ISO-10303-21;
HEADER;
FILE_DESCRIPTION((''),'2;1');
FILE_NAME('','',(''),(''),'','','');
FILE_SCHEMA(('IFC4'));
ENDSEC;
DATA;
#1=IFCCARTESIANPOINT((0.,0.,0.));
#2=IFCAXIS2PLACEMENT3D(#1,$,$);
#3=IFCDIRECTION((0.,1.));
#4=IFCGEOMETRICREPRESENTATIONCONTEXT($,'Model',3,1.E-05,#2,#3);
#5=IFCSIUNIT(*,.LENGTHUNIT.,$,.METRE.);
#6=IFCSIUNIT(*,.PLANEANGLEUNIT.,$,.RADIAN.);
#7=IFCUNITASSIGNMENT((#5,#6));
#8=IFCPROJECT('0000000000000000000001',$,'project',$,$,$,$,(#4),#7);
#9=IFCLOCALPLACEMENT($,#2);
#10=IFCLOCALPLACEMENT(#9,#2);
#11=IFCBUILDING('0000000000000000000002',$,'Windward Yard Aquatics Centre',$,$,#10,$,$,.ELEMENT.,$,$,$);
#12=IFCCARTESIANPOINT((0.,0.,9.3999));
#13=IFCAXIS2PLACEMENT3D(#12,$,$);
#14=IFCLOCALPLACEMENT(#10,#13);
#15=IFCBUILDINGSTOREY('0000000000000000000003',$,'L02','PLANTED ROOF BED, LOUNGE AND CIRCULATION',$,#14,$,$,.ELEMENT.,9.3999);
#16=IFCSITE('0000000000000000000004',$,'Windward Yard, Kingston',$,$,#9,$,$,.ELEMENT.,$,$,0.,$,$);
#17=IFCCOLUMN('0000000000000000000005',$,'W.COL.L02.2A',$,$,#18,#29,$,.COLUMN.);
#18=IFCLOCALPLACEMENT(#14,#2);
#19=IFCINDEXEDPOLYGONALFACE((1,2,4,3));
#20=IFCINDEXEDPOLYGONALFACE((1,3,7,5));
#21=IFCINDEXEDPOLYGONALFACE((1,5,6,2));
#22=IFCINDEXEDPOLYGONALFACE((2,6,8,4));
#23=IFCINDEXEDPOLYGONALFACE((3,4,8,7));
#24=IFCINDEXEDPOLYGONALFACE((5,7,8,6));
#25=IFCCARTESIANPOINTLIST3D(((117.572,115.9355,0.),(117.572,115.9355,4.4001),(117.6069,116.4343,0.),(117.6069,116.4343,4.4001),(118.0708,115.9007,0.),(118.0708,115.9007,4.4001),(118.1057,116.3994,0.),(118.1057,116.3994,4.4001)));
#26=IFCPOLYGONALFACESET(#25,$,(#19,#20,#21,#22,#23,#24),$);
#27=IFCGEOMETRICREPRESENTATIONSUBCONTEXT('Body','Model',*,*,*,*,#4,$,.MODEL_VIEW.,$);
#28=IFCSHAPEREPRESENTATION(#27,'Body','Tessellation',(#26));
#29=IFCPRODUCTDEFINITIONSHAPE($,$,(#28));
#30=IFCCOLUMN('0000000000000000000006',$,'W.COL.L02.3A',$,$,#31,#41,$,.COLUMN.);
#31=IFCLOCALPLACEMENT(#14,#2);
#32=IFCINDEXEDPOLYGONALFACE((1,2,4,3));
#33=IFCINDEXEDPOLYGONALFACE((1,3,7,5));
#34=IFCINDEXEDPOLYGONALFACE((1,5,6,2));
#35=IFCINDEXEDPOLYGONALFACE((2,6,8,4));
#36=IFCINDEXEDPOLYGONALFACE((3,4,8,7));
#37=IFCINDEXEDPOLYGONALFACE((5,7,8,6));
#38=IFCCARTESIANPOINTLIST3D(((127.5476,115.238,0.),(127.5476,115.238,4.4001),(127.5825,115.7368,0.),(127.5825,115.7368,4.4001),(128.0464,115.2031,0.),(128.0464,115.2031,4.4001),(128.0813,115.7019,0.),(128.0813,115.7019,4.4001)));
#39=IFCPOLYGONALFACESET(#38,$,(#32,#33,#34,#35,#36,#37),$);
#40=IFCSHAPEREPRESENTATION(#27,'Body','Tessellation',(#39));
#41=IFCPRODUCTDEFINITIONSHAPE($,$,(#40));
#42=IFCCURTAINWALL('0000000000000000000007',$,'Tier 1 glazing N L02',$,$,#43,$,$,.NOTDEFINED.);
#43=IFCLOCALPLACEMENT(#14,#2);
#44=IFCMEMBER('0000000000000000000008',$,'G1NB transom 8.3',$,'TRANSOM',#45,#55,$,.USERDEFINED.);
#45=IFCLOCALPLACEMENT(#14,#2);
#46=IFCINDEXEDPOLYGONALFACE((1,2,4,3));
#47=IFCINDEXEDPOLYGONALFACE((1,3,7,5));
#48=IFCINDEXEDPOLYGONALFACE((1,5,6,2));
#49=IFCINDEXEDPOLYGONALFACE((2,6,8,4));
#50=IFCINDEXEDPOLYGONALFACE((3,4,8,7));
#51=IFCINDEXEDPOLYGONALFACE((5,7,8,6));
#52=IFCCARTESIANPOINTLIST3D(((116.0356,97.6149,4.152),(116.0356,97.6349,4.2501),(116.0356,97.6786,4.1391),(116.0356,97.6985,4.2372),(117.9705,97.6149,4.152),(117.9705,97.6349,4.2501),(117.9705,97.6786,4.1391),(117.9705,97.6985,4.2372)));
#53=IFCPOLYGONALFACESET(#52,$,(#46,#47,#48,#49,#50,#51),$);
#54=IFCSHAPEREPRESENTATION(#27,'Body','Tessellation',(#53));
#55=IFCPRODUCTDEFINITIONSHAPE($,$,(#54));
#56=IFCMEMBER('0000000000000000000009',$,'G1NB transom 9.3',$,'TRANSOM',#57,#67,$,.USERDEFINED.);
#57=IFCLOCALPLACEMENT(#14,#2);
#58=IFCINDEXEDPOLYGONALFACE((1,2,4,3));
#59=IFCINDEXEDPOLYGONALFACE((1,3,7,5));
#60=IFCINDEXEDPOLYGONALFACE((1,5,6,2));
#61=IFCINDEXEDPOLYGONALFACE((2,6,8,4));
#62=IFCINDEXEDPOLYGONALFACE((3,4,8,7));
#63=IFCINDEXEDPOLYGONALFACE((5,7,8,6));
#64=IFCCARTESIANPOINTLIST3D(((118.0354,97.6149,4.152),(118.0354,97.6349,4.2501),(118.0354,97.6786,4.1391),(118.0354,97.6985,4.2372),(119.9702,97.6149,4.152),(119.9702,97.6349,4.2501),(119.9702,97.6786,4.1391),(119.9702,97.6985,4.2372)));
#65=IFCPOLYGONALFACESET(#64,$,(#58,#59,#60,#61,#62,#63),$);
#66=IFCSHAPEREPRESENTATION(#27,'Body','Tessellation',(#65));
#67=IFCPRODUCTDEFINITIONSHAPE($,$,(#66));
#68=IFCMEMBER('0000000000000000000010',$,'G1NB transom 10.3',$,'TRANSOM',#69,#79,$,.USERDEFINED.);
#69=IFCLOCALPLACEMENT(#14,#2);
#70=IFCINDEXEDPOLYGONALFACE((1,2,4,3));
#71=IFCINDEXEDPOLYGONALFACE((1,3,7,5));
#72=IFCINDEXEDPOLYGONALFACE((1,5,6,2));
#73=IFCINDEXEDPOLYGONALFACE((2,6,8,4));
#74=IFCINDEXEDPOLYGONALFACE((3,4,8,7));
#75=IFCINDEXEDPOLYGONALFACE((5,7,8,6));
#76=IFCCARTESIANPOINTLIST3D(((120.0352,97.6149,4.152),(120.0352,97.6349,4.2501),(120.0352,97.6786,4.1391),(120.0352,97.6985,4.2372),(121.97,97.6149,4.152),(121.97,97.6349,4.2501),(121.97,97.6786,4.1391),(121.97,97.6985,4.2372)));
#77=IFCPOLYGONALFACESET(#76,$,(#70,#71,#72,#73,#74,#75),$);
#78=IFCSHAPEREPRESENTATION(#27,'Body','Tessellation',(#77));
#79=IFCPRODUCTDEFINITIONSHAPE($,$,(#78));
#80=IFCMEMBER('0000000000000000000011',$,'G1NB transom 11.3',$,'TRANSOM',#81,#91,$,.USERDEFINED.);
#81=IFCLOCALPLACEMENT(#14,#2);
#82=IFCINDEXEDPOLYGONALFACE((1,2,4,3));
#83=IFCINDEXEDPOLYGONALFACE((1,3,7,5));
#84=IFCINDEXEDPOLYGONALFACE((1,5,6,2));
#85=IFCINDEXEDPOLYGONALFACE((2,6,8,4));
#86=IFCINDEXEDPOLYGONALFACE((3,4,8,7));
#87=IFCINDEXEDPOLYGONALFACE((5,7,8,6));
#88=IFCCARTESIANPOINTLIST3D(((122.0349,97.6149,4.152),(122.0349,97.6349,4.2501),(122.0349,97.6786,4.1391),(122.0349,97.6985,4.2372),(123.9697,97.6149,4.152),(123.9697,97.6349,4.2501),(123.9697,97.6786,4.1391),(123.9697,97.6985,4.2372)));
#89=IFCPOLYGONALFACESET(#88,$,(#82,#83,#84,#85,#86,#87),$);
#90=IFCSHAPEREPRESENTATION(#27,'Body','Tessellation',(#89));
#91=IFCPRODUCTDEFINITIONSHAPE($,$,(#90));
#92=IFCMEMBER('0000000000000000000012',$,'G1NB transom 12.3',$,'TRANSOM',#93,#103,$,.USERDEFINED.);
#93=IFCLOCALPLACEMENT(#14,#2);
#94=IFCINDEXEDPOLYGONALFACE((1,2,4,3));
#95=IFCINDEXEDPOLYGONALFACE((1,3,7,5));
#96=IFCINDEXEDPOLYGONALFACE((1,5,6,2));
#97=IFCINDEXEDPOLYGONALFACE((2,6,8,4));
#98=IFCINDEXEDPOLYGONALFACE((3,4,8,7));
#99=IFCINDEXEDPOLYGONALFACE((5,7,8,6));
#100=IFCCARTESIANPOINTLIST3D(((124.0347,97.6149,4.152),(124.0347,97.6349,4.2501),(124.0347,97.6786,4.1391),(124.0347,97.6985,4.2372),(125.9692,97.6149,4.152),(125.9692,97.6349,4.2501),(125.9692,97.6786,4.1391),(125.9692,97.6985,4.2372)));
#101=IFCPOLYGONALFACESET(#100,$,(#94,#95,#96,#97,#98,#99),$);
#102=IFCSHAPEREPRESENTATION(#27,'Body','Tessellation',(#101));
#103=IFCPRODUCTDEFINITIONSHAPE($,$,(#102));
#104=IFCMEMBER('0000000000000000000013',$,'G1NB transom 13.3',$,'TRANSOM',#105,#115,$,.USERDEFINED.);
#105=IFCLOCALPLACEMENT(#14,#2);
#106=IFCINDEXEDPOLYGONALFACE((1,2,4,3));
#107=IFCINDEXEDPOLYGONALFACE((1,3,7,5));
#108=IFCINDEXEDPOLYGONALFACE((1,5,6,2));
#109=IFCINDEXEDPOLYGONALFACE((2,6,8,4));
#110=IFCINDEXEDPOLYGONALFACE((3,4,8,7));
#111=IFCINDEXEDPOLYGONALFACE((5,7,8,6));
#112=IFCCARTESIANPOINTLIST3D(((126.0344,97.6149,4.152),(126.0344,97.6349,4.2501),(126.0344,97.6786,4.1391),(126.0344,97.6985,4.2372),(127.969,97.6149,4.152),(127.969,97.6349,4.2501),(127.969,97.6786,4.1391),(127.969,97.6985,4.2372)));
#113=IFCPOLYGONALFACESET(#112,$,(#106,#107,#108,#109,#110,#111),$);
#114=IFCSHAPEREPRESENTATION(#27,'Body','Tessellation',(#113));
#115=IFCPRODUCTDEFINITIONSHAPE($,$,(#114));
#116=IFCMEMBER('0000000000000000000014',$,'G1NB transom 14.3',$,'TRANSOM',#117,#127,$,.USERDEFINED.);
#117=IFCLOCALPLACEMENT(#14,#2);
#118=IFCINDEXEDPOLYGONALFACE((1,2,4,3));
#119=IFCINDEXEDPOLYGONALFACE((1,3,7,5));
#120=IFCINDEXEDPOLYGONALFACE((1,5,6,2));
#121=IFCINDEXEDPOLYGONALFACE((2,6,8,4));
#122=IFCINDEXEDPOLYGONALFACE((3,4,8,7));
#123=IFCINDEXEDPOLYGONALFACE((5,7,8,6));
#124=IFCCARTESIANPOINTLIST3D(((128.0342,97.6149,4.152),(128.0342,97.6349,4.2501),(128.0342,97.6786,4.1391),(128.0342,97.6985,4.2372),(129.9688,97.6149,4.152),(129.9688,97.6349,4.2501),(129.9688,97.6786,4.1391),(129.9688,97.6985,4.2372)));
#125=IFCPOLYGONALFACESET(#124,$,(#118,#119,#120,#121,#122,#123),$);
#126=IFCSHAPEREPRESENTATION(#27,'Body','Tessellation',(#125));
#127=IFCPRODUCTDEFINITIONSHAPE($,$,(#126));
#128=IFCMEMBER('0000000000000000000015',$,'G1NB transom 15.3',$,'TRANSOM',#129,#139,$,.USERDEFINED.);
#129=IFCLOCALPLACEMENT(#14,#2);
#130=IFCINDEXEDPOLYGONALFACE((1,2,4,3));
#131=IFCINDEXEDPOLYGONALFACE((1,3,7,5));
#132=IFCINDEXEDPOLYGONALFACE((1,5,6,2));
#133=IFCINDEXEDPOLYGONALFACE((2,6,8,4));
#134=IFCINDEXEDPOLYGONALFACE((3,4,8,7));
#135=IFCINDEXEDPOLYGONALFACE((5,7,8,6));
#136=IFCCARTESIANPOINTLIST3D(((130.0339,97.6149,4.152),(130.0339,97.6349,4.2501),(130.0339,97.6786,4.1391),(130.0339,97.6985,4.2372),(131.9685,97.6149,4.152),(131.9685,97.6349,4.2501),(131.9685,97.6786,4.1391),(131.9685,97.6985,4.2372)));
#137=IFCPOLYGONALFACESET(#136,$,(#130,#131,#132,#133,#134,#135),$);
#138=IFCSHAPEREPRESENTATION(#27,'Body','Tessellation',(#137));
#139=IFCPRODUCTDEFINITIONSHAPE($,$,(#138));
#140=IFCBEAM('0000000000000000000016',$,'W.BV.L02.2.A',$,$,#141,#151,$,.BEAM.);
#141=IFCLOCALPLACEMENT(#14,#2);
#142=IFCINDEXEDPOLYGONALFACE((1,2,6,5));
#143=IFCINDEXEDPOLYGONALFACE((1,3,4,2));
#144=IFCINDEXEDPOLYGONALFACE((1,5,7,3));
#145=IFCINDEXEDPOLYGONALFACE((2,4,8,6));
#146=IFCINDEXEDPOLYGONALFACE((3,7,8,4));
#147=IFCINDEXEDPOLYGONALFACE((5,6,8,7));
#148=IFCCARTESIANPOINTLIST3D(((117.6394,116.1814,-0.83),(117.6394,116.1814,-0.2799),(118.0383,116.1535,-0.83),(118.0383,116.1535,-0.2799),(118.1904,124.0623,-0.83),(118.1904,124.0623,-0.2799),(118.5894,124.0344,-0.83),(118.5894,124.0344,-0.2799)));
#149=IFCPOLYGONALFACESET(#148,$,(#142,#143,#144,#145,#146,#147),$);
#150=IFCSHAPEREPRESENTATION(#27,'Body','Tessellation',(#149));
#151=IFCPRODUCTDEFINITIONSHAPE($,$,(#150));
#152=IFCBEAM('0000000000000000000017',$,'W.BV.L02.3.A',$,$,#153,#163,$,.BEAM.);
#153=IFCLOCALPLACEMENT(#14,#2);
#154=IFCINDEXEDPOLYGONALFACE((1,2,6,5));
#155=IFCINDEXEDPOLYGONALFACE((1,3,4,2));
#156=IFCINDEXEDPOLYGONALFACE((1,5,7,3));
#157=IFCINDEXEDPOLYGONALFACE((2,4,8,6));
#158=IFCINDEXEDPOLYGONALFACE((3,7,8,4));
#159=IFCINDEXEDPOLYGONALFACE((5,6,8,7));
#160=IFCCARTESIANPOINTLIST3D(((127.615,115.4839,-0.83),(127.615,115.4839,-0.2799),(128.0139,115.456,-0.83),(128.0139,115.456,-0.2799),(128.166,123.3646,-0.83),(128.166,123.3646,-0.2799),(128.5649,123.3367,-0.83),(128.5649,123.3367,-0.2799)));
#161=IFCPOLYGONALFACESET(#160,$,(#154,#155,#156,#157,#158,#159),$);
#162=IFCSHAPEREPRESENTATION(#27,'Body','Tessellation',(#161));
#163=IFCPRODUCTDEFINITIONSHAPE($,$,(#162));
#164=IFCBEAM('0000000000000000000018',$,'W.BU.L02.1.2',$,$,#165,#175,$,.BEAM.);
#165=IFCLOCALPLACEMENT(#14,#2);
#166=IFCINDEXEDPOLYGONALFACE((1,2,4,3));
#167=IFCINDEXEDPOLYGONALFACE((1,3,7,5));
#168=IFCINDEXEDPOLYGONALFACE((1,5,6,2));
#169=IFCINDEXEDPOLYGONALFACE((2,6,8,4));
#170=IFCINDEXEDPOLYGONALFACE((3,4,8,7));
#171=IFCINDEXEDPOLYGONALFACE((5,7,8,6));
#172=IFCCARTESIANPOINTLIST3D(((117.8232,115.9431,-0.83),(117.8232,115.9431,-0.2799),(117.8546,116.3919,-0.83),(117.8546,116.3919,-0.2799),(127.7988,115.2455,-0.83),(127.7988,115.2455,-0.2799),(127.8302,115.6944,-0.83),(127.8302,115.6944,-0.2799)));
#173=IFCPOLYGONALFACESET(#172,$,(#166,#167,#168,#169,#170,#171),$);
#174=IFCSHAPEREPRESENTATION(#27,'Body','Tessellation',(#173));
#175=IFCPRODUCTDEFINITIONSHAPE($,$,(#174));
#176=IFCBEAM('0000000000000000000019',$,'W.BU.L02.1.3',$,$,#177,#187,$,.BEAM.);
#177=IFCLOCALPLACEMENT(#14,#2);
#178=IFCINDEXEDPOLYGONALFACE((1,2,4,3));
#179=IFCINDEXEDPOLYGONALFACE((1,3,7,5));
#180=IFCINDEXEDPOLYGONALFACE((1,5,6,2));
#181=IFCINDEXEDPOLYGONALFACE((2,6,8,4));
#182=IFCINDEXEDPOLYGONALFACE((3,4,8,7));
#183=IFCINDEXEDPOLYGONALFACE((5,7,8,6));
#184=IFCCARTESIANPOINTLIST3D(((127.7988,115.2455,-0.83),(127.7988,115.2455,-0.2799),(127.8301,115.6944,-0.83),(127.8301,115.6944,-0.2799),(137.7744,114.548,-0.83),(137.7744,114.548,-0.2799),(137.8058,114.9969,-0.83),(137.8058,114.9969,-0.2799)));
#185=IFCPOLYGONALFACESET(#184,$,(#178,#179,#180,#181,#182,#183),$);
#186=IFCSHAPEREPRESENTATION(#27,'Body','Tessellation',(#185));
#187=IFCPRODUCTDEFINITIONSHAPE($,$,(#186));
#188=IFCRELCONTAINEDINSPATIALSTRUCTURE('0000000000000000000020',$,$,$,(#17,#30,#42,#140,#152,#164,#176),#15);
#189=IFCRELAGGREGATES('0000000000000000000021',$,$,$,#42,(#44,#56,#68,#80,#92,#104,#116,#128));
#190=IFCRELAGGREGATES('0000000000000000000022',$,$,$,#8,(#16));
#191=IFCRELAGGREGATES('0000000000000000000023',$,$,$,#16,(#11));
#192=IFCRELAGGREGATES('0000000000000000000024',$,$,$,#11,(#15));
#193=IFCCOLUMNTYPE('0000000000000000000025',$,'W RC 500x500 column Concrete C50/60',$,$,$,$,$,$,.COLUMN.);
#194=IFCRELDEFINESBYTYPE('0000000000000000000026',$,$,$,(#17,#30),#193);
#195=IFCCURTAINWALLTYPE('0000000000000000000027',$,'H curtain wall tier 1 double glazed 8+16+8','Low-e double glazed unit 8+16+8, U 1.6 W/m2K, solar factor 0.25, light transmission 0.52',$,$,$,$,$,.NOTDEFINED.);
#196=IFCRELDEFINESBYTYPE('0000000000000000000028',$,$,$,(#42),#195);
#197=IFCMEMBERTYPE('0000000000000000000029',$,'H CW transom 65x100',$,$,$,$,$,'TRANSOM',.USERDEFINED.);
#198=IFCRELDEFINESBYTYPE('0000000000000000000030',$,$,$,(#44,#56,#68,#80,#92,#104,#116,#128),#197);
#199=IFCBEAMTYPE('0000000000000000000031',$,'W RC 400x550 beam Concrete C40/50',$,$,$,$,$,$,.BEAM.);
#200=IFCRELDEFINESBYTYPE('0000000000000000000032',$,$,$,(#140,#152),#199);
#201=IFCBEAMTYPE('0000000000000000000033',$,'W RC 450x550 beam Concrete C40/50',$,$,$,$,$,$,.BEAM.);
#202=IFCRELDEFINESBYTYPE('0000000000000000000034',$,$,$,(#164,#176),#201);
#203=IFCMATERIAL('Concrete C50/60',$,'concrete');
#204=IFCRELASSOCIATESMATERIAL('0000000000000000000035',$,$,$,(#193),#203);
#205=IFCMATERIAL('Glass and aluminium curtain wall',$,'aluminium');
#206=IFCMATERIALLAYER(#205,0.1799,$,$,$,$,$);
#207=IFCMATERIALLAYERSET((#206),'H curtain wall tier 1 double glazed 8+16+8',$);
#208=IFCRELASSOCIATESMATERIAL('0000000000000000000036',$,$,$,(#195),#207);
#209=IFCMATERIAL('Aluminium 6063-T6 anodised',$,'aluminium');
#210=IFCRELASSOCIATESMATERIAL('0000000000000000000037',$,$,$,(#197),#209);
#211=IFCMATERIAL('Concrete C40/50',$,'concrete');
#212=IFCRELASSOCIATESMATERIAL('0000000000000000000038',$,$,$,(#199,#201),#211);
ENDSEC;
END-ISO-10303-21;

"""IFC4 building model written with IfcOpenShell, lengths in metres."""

from ifc_helpers import new_model, si_unit, direction, frame, origin, origin_2d, place, context, subcontext, project, spatial, rectangle, extrude, material, layer, layer_set, material_profile, profile_set, type_object, element, aggregate, save


model = new_model("IFC4")

# Units and contexts
model_context = context("Model", 3, precision=1e-05, world=origin(), true_north=direction((0.0, 1.0)))
body_context = subcontext(model_context, "Body", "Model", "MODEL_VIEW")
ifc_project = project(units=[si_unit("LENGTHUNIT", "METRE"), si_unit("PLANEANGLEUNIT", "RADIAN")], contexts=[model_context])

# Site, building, storey
site_placement = place(None, origin())
site = spatial("IfcSite", under=ifc_project, at=site_placement, Name="Windward Yard, Kingston", CompositionType="ELEMENT", RefElevation=0.0)
building_placement = place(site_placement, origin())
building = spatial("IfcBuilding", under=site, at=building_placement, Name="Windward Yard Aquatics Centre", CompositionType="ELEMENT")
storey_placement = place(building_placement, frame((0.0, 0.0, 9.3999)))
storey = spatial("IfcBuildingStorey", under=building, at=storey_placement, Name="L02", Description="PLANTED ROOF BED, LOUNGE AND CIRCULATION", CompositionType="ELEMENT", Elevation=9.3999)

# Columns
ifc_material_1 = material(Name="Concrete C50/60", Category="concrete")
ifc_material_profile_1 = material_profile(ifc_material_1, rectangle(XDim=0.5, YDim=0.5, at=origin_2d()), Name="RC 500x500")
ifc_profile_set_1 = profile_set([ifc_material_profile_1], Name="Concrete C50/60")
column_type = type_object("IfcColumnType", Name="W RC 500x500 column Concrete C50/60", PredefinedType="COLUMN", material=ifc_profile_set_1)
for number, where, z_axis, x_axis, name in (
    (1, (117.8389, 116.1675, 0.0), (0.0, 0.0, 1.0), (0.997564, -0.069756, 0.0), "W.COL.L02.2A"),
    (2, (127.8145, 115.47, 0.0), (0.0, 0.0, 1.0), (0.997564, -0.069756, 0.0), "W.COL.L02.3A"),
):
    element("IfcColumn", number, at=place(storey_placement, frame(where, z_axis=z_axis, x_axis=x_axis)), inside=storey, type_object=column_type, Name=name, PredefinedType="COLUMN", context=body_context, shape_type="SweptSolid", body=[
        extrude(rectangle(XDim=0.5, YDim=0.5, at=origin_2d()), origin(), (0.0, 0.0, 1.0), 4.4001),
    ])

# Curtain wall, members
ifc_material_2 = material(Name="Glass and aluminium curtain wall", Category="aluminium")
ifc_layer_1 = layer(ifc_material_2, 0.1799)
ifc_layer_set_1 = layer_set([ifc_layer_1], Name="H curtain wall tier 1 double glazed 8+16+8")
curtain_wall_type = type_object("IfcCurtainWallType", Name="H curtain wall tier 1 double glazed 8+16+8", Description="Low-e double glazed unit 8+16+8, U 1.6 W/m2K, solar factor 0.25, light transmission 0.52", PredefinedType="NOTDEFINED", material=ifc_layer_set_1)
curtain_wall_placement = place(storey_placement, origin())
curtain_wall = element("IfcCurtainWall", 3, at=curtain_wall_placement, inside=storey, type_object=curtain_wall_type, Name="Tier 1 glazing N L02", PredefinedType="NOTDEFINED")
ifc_material_3 = material(Name="Aluminium 6063-T6 anodised", Category="aluminium")
ifc_material_profile_2 = material_profile(ifc_material_3, rectangle(XDim=0.0649, YDim=0.1001, at=origin_2d()), Name="H CW transom 65x100")
ifc_profile_set_2 = profile_set([ifc_material_profile_2], Name="Aluminium 6063-T6 anodised")
member_type = type_object("IfcMemberType", Name="H CW transom 65x100", ElementType="TRANSOM", PredefinedType="USERDEFINED", material=ifc_profile_set_2)
member_1_placement = place(storey_placement, frame((116.0356, 97.6567, 4.1946), z_axis=(1.0, 0.0, 0.0), x_axis=(0.0, -0.979925, 0.199368)))
member_1 = element("IfcMember", 4, at=member_1_placement, type_object=member_type, Name="G1NB transom 8.3", ObjectType="TRANSOM", PredefinedType="USERDEFINED", context=body_context, shape_type="SweptSolid", body=[
    extrude(rectangle(XDim=0.0649, YDim=0.1001, at=origin_2d()), origin(), (0.0, 0.0, 1.0), 1.9348),
])
member_2_placement = place(storey_placement, frame((118.0354, 97.6567, 4.1946), z_axis=(1.0, 0.0, 0.0), x_axis=(0.0, -0.979925, 0.199368)))
member_2 = element("IfcMember", 5, at=member_2_placement, type_object=member_type, Name="G1NB transom 9.3", ObjectType="TRANSOM", PredefinedType="USERDEFINED", context=body_context, shape_type="SweptSolid", body=[
    extrude(rectangle(XDim=0.0649, YDim=0.1001, at=origin_2d()), origin(), (0.0, 0.0, 1.0), 1.9348),
])
member_3_placement = place(storey_placement, frame((120.0352, 97.6567, 4.1946), z_axis=(1.0, 0.0, 0.0), x_axis=(0.0, -0.979925, 0.199368)))
member_3 = element("IfcMember", 6, at=member_3_placement, type_object=member_type, Name="G1NB transom 10.3", ObjectType="TRANSOM", PredefinedType="USERDEFINED", context=body_context, shape_type="SweptSolid", body=[
    extrude(rectangle(XDim=0.0649, YDim=0.1001, at=origin_2d()), origin(), (0.0, 0.0, 1.0), 1.9348),
])
member_4_placement = place(storey_placement, frame((122.0349, 97.6567, 4.1946), z_axis=(1.0, 0.0, 0.0), x_axis=(0.0, -0.979925, 0.199368)))
member_4 = element("IfcMember", 7, at=member_4_placement, type_object=member_type, Name="G1NB transom 11.3", ObjectType="TRANSOM", PredefinedType="USERDEFINED", context=body_context, shape_type="SweptSolid", body=[
    extrude(rectangle(XDim=0.0649, YDim=0.1001, at=origin_2d()), origin(), (0.0, 0.0, 1.0), 1.9348),
])
member_5_placement = place(storey_placement, frame((124.0347, 97.6567, 4.1946), z_axis=(1.0, 0.0, 0.0), x_axis=(0.0, -0.979925, 0.199368)))
member_5 = element("IfcMember", 8, at=member_5_placement, type_object=member_type, Name="G1NB transom 12.3", ObjectType="TRANSOM", PredefinedType="USERDEFINED", context=body_context, shape_type="SweptSolid", body=[
    extrude(rectangle(XDim=0.0649, YDim=0.1001, at=origin_2d()), origin(), (0.0, 0.0, 1.0), 1.9346),
])
member_6_placement = place(storey_placement, frame((126.0344, 97.6567, 4.1946), z_axis=(1.0, 0.0, 0.0), x_axis=(0.0, -0.979925, 0.199368)))
member_6 = element("IfcMember", 9, at=member_6_placement, type_object=member_type, Name="G1NB transom 13.3", ObjectType="TRANSOM", PredefinedType="USERDEFINED", context=body_context, shape_type="SweptSolid", body=[
    extrude(rectangle(XDim=0.0649, YDim=0.1001, at=origin_2d()), origin(), (0.0, 0.0, 1.0), 1.9346),
])
member_7_placement = place(storey_placement, frame((128.0342, 97.6567, 4.1946), z_axis=(1.0, 0.0, 0.0), x_axis=(0.0, -0.979925, 0.199368)))
member_7 = element("IfcMember", 10, at=member_7_placement, type_object=member_type, Name="G1NB transom 14.3", ObjectType="TRANSOM", PredefinedType="USERDEFINED", context=body_context, shape_type="SweptSolid", body=[
    extrude(rectangle(XDim=0.0649, YDim=0.1001, at=origin_2d()), origin(), (0.0, 0.0, 1.0), 1.9346),
])
member_8_placement = place(storey_placement, frame((130.0339, 97.6567, 4.1946), z_axis=(1.0, 0.0, 0.0), x_axis=(0.0, -0.979925, 0.199368)))
member_8 = element("IfcMember", 11, at=member_8_placement, type_object=member_type, Name="G1NB transom 15.3", ObjectType="TRANSOM", PredefinedType="USERDEFINED", context=body_context, shape_type="SweptSolid", body=[
    extrude(rectangle(XDim=0.0649, YDim=0.1001, at=origin_2d()), origin(), (0.0, 0.0, 1.0), 1.9346),
])
aggregate(curtain_wall, [member_1, member_2, member_3, member_4, member_5, member_6, member_7, member_8])

# Beams
ifc_material_4 = material(Name="Concrete C40/50", Category="concrete")
ifc_material_profile_3 = material_profile(ifc_material_4, rectangle(XDim=0.3999, YDim=0.55, at=origin_2d()), Name="RC 400x550")
ifc_profile_set_3 = profile_set([ifc_material_profile_3], Name="Concrete C40/50")
beam_type_1 = type_object("IfcBeamType", Name="W RC 400x550 beam Concrete C40/50", PredefinedType="BEAM", material=ifc_profile_set_3)
beam_1_placement = place(storey_placement, frame((117.8389, 116.1675, -0.5549), z_axis=(0.069749, 0.997565, 0.0), x_axis=(-0.997565, 0.069749, 0.0)))
element("IfcBeam", 12, at=beam_1_placement, inside=storey, type_object=beam_type_1, Name="W.BV.L02.2.A", PredefinedType="BEAM", context=body_context, shape_type="SweptSolid", body=[
    extrude(rectangle(XDim=0.3999, YDim=0.55, at=origin_2d()), origin(), (0.0, 0.0, 1.0), 7.9001),
])
beam_2_placement = place(storey_placement, frame((127.8145, 115.47, -0.5549), z_axis=(0.069751, 0.997564, 0.0), x_axis=(-0.997564, 0.069751, 0.0)))
element("IfcBeam", 13, at=beam_2_placement, inside=storey, type_object=beam_type_1, Name="W.BV.L02.3.A", PredefinedType="BEAM", context=body_context, shape_type="SweptSolid", body=[
    extrude(rectangle(XDim=0.3999, YDim=0.55, at=origin_2d()), origin(), (0.0, 0.0, 1.0), 7.8999),
])
ifc_material_profile_4 = material_profile(ifc_material_4, rectangle(XDim=0.45, YDim=0.55, at=origin_2d()), Name="RC 450x550")
ifc_profile_set_4 = profile_set([ifc_material_profile_4], Name="Concrete C40/50")
beam_type_2 = type_object("IfcBeamType", Name="W RC 450x550 beam Concrete C40/50", PredefinedType="BEAM", material=ifc_profile_set_4)
for number, where, z_axis, x_axis, name in (
    (14, (117.8389, 116.1675, -0.5549), (0.997564, -0.069751, 0.0), (0.069751, 0.997564, 0.0), "W.BU.L02.1.2"),
    (15, (127.8145, 115.47, -0.5549), (0.997564, -0.069751, 0.0), (0.069751, 0.997564, 0.0), "W.BU.L02.1.3"),
):
    element("IfcBeam", number, at=place(storey_placement, frame(where, z_axis=z_axis, x_axis=x_axis)), inside=storey, type_object=beam_type_2, Name=name, PredefinedType="BEAM", context=body_context, shape_type="SweptSolid", body=[
        extrude(rectangle(XDim=0.45, YDim=0.55, at=origin_2d()), origin(), (0.0, 0.0, 1.0), 10.0),
    ])

save(model, "model.ifc")
